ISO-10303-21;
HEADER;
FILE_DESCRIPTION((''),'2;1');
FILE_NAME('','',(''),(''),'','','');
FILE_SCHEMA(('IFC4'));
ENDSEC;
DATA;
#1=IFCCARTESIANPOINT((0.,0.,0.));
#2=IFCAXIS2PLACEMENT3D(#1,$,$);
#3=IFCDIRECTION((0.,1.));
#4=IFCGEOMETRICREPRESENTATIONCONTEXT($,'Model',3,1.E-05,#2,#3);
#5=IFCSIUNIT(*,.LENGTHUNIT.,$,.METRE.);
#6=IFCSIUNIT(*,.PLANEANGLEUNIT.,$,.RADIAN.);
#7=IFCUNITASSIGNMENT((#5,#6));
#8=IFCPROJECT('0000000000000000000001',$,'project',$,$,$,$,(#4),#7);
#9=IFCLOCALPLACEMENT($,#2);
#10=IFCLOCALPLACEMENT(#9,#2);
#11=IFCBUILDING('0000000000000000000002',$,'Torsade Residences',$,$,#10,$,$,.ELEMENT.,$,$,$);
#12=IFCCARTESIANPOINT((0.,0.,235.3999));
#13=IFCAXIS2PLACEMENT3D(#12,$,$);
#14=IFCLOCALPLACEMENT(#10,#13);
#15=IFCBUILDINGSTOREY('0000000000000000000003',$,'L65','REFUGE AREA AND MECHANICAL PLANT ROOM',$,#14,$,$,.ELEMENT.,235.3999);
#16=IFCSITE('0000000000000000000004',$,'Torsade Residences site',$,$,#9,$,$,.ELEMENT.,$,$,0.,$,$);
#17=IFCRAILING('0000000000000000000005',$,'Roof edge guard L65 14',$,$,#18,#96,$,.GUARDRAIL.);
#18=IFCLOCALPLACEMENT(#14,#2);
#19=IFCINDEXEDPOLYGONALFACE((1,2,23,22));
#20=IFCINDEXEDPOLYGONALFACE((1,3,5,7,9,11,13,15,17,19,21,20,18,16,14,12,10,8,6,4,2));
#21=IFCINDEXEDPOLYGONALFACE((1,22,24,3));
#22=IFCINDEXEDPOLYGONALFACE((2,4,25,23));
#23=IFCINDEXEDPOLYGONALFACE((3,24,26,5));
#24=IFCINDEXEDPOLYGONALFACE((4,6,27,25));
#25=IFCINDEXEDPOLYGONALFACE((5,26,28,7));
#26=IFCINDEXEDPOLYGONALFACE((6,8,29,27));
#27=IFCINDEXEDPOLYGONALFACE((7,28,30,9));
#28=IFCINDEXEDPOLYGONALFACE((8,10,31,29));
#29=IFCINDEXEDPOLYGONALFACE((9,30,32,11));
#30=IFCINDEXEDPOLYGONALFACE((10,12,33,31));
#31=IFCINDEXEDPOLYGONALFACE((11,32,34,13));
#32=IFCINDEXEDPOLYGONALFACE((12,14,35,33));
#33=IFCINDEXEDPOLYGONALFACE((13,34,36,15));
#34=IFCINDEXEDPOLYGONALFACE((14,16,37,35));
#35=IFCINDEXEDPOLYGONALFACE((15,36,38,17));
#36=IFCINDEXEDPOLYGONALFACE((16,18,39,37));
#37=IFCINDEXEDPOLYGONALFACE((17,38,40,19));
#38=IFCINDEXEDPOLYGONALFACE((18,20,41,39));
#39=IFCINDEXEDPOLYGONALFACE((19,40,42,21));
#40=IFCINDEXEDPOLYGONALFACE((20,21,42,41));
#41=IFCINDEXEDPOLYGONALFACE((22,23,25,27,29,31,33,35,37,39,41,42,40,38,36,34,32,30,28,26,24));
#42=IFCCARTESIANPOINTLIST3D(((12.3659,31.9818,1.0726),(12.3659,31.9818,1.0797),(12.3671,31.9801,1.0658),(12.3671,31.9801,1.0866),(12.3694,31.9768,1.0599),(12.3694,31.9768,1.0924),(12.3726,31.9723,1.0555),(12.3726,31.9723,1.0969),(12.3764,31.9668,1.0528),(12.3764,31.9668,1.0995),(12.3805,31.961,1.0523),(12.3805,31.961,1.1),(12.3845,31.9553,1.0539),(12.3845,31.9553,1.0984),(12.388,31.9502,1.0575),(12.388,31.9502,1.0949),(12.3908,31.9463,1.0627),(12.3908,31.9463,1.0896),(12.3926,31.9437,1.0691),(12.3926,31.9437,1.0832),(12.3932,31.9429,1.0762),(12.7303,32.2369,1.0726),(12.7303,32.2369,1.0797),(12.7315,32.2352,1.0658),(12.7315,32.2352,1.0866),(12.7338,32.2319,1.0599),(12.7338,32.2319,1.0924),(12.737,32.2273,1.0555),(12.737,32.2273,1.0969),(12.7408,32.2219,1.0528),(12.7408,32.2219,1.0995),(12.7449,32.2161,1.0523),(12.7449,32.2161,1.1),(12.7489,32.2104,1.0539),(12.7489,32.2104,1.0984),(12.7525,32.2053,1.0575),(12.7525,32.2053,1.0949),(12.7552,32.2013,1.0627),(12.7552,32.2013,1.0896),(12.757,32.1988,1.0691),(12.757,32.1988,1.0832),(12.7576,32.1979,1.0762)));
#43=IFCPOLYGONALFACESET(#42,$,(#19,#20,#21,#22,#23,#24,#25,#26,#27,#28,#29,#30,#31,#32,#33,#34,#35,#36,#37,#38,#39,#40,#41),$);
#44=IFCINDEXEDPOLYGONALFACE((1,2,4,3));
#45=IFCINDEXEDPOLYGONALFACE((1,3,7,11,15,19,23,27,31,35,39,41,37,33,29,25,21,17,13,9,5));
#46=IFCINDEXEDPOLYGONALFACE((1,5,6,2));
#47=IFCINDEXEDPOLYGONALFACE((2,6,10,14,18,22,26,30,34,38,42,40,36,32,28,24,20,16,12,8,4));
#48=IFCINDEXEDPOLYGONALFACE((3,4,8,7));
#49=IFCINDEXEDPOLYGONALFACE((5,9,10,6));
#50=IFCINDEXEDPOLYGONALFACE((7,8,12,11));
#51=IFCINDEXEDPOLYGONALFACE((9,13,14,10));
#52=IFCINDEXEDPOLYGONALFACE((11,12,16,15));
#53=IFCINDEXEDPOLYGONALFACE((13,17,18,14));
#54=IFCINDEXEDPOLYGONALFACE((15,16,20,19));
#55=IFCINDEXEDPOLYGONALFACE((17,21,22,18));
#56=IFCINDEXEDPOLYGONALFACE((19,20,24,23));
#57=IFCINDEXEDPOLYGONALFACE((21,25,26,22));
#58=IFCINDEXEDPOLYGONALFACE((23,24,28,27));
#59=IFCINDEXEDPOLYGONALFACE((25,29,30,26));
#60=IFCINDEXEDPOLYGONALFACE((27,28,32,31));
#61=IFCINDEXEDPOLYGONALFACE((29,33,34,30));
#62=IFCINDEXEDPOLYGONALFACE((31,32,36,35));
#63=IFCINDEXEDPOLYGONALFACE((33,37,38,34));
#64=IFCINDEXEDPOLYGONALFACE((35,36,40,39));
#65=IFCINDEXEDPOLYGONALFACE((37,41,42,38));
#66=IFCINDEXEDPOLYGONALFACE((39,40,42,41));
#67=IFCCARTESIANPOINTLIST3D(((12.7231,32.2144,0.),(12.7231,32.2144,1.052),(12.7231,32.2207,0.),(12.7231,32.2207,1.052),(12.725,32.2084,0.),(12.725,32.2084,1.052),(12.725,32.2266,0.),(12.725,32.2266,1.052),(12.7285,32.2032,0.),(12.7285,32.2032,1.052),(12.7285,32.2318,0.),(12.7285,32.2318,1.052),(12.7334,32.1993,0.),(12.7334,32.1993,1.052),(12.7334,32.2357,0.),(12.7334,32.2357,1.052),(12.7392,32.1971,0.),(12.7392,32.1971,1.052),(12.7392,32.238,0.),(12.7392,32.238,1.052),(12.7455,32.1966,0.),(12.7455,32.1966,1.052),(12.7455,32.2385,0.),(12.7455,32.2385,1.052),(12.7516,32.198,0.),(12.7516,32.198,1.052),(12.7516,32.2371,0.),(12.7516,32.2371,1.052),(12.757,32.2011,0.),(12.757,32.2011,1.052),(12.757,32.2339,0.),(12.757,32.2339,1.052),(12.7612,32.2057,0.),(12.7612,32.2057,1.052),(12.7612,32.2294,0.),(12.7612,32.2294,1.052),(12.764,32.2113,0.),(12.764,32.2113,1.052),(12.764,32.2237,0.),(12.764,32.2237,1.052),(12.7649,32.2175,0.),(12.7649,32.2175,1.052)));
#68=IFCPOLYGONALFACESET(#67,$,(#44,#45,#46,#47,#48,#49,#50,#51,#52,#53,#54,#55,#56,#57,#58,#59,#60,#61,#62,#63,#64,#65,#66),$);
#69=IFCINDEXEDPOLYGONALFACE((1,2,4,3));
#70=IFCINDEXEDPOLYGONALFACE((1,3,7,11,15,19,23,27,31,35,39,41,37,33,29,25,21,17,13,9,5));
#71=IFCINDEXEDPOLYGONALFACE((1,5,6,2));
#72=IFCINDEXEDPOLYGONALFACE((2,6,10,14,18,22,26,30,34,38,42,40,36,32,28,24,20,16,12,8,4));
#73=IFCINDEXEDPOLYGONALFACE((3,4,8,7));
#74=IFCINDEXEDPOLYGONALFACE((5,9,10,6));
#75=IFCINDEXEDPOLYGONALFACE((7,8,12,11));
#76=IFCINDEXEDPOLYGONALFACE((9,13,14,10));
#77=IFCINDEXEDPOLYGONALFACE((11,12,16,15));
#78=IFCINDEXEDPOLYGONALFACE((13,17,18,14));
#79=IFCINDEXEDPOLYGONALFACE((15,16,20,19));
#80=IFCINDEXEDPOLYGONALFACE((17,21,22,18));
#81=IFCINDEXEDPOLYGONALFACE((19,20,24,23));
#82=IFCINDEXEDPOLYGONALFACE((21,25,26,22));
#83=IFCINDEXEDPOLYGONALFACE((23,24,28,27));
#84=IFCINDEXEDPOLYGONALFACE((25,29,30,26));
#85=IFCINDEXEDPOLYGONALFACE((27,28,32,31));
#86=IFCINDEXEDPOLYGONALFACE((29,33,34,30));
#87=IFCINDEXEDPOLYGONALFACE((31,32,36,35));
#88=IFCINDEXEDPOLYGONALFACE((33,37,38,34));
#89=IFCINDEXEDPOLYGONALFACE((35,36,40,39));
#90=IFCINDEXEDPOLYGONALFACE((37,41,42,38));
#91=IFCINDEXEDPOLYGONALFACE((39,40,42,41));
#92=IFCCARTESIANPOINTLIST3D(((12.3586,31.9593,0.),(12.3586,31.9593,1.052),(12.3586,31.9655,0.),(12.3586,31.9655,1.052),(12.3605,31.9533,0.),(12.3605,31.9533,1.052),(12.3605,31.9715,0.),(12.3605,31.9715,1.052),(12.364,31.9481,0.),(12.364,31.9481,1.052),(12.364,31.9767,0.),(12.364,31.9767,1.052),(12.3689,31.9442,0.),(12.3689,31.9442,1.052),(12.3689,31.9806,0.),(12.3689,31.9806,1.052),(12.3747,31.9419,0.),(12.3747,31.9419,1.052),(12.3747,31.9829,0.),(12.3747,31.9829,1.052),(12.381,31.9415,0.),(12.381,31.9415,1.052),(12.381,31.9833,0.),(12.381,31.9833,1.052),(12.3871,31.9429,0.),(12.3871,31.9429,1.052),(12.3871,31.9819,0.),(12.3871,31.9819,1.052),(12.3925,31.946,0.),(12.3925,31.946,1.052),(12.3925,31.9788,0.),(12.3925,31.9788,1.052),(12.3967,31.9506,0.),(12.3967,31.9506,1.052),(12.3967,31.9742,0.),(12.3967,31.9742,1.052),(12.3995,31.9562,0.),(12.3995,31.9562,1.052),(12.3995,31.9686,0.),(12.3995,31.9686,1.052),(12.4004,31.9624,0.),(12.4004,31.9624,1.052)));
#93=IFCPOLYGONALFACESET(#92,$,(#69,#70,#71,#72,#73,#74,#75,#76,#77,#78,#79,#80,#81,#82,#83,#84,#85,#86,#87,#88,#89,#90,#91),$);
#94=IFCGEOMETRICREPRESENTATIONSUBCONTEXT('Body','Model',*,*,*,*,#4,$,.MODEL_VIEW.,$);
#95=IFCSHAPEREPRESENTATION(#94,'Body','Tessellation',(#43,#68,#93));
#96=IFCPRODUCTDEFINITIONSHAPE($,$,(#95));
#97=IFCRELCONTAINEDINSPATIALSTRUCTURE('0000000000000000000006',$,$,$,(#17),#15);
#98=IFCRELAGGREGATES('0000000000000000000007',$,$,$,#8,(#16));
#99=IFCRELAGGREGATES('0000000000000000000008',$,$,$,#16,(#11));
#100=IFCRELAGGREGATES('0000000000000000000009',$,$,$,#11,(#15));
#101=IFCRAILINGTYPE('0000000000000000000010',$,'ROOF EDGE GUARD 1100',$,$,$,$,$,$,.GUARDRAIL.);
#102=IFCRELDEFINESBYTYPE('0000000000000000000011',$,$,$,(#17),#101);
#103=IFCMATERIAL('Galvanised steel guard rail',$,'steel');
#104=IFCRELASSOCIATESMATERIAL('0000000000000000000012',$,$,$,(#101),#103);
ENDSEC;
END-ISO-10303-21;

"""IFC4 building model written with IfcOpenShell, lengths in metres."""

from ifc_helpers import new_model, si_unit, direction, frame, origin, origin_2d, place, context, subcontext, project, spatial, circle, extrude, material, type_object, element, save


model = new_model("IFC4")

# Units and contexts
model_context = context("Model", 3, precision=1e-05, world=origin(), true_north=direction((0.0, 1.0)))
body_context = subcontext(model_context, "Body", "Model", "MODEL_VIEW")
ifc_project = project(units=[si_unit("LENGTHUNIT", "METRE"), si_unit("PLANEANGLEUNIT", "RADIAN")], contexts=[model_context])

# Site, building, storey
site_placement = place(None, origin())
site = spatial("IfcSite", under=ifc_project, at=site_placement, Name="Torsade Residences site", CompositionType="ELEMENT", RefElevation=0.0)
building_placement = place(site_placement, origin())
building = spatial("IfcBuilding", under=site, at=building_placement, Name="Torsade Residences", CompositionType="ELEMENT")
storey_placement = place(building_placement, frame((0.0, 0.0, 235.3999)))
storey = spatial("IfcBuildingStorey", under=building, at=storey_placement, Name="L65", Description="REFUGE AREA AND MECHANICAL PLANT ROOM", CompositionType="ELEMENT", Elevation=235.3999)

# Railing
ifc_material_1 = material(Name="Galvanised steel guard rail", Category="steel")
railing_type = type_object("IfcRailingType", Name="ROOF EDGE GUARD 1100", PredefinedType="GUARDRAIL", material=ifc_material_1)
railing_1_placement = place(storey_placement, frame((12.7439, 32.2175, 0.0)))
element("IfcRailing", 1, at=railing_1_placement, inside=storey, type_object=railing_type, Name="Roof edge guard L65 14", PredefinedType="GUARDRAIL", context=body_context, shape_type="SweptSolid", body=[
    extrude(circle(Radius=0.0239, at=origin_2d()), frame((0.0, 0.0, 1.0762), z_axis=(-0.819258, -0.573426, 0.0), x_axis=(0.573426, -0.819258, 0.0)), (0.0, 0.0, 1.0), 0.4448),
    extrude(circle(Radius=0.021, at=origin_2d()), origin(), (0.0, 0.0, 1.0), 1.052),
    extrude(circle(Radius=0.021, at=origin_2d()), frame((-0.3645, -0.2551, 0.0)), (0.0, 0.0, 1.0), 1.052),
])

save(model, "model.ifc")
